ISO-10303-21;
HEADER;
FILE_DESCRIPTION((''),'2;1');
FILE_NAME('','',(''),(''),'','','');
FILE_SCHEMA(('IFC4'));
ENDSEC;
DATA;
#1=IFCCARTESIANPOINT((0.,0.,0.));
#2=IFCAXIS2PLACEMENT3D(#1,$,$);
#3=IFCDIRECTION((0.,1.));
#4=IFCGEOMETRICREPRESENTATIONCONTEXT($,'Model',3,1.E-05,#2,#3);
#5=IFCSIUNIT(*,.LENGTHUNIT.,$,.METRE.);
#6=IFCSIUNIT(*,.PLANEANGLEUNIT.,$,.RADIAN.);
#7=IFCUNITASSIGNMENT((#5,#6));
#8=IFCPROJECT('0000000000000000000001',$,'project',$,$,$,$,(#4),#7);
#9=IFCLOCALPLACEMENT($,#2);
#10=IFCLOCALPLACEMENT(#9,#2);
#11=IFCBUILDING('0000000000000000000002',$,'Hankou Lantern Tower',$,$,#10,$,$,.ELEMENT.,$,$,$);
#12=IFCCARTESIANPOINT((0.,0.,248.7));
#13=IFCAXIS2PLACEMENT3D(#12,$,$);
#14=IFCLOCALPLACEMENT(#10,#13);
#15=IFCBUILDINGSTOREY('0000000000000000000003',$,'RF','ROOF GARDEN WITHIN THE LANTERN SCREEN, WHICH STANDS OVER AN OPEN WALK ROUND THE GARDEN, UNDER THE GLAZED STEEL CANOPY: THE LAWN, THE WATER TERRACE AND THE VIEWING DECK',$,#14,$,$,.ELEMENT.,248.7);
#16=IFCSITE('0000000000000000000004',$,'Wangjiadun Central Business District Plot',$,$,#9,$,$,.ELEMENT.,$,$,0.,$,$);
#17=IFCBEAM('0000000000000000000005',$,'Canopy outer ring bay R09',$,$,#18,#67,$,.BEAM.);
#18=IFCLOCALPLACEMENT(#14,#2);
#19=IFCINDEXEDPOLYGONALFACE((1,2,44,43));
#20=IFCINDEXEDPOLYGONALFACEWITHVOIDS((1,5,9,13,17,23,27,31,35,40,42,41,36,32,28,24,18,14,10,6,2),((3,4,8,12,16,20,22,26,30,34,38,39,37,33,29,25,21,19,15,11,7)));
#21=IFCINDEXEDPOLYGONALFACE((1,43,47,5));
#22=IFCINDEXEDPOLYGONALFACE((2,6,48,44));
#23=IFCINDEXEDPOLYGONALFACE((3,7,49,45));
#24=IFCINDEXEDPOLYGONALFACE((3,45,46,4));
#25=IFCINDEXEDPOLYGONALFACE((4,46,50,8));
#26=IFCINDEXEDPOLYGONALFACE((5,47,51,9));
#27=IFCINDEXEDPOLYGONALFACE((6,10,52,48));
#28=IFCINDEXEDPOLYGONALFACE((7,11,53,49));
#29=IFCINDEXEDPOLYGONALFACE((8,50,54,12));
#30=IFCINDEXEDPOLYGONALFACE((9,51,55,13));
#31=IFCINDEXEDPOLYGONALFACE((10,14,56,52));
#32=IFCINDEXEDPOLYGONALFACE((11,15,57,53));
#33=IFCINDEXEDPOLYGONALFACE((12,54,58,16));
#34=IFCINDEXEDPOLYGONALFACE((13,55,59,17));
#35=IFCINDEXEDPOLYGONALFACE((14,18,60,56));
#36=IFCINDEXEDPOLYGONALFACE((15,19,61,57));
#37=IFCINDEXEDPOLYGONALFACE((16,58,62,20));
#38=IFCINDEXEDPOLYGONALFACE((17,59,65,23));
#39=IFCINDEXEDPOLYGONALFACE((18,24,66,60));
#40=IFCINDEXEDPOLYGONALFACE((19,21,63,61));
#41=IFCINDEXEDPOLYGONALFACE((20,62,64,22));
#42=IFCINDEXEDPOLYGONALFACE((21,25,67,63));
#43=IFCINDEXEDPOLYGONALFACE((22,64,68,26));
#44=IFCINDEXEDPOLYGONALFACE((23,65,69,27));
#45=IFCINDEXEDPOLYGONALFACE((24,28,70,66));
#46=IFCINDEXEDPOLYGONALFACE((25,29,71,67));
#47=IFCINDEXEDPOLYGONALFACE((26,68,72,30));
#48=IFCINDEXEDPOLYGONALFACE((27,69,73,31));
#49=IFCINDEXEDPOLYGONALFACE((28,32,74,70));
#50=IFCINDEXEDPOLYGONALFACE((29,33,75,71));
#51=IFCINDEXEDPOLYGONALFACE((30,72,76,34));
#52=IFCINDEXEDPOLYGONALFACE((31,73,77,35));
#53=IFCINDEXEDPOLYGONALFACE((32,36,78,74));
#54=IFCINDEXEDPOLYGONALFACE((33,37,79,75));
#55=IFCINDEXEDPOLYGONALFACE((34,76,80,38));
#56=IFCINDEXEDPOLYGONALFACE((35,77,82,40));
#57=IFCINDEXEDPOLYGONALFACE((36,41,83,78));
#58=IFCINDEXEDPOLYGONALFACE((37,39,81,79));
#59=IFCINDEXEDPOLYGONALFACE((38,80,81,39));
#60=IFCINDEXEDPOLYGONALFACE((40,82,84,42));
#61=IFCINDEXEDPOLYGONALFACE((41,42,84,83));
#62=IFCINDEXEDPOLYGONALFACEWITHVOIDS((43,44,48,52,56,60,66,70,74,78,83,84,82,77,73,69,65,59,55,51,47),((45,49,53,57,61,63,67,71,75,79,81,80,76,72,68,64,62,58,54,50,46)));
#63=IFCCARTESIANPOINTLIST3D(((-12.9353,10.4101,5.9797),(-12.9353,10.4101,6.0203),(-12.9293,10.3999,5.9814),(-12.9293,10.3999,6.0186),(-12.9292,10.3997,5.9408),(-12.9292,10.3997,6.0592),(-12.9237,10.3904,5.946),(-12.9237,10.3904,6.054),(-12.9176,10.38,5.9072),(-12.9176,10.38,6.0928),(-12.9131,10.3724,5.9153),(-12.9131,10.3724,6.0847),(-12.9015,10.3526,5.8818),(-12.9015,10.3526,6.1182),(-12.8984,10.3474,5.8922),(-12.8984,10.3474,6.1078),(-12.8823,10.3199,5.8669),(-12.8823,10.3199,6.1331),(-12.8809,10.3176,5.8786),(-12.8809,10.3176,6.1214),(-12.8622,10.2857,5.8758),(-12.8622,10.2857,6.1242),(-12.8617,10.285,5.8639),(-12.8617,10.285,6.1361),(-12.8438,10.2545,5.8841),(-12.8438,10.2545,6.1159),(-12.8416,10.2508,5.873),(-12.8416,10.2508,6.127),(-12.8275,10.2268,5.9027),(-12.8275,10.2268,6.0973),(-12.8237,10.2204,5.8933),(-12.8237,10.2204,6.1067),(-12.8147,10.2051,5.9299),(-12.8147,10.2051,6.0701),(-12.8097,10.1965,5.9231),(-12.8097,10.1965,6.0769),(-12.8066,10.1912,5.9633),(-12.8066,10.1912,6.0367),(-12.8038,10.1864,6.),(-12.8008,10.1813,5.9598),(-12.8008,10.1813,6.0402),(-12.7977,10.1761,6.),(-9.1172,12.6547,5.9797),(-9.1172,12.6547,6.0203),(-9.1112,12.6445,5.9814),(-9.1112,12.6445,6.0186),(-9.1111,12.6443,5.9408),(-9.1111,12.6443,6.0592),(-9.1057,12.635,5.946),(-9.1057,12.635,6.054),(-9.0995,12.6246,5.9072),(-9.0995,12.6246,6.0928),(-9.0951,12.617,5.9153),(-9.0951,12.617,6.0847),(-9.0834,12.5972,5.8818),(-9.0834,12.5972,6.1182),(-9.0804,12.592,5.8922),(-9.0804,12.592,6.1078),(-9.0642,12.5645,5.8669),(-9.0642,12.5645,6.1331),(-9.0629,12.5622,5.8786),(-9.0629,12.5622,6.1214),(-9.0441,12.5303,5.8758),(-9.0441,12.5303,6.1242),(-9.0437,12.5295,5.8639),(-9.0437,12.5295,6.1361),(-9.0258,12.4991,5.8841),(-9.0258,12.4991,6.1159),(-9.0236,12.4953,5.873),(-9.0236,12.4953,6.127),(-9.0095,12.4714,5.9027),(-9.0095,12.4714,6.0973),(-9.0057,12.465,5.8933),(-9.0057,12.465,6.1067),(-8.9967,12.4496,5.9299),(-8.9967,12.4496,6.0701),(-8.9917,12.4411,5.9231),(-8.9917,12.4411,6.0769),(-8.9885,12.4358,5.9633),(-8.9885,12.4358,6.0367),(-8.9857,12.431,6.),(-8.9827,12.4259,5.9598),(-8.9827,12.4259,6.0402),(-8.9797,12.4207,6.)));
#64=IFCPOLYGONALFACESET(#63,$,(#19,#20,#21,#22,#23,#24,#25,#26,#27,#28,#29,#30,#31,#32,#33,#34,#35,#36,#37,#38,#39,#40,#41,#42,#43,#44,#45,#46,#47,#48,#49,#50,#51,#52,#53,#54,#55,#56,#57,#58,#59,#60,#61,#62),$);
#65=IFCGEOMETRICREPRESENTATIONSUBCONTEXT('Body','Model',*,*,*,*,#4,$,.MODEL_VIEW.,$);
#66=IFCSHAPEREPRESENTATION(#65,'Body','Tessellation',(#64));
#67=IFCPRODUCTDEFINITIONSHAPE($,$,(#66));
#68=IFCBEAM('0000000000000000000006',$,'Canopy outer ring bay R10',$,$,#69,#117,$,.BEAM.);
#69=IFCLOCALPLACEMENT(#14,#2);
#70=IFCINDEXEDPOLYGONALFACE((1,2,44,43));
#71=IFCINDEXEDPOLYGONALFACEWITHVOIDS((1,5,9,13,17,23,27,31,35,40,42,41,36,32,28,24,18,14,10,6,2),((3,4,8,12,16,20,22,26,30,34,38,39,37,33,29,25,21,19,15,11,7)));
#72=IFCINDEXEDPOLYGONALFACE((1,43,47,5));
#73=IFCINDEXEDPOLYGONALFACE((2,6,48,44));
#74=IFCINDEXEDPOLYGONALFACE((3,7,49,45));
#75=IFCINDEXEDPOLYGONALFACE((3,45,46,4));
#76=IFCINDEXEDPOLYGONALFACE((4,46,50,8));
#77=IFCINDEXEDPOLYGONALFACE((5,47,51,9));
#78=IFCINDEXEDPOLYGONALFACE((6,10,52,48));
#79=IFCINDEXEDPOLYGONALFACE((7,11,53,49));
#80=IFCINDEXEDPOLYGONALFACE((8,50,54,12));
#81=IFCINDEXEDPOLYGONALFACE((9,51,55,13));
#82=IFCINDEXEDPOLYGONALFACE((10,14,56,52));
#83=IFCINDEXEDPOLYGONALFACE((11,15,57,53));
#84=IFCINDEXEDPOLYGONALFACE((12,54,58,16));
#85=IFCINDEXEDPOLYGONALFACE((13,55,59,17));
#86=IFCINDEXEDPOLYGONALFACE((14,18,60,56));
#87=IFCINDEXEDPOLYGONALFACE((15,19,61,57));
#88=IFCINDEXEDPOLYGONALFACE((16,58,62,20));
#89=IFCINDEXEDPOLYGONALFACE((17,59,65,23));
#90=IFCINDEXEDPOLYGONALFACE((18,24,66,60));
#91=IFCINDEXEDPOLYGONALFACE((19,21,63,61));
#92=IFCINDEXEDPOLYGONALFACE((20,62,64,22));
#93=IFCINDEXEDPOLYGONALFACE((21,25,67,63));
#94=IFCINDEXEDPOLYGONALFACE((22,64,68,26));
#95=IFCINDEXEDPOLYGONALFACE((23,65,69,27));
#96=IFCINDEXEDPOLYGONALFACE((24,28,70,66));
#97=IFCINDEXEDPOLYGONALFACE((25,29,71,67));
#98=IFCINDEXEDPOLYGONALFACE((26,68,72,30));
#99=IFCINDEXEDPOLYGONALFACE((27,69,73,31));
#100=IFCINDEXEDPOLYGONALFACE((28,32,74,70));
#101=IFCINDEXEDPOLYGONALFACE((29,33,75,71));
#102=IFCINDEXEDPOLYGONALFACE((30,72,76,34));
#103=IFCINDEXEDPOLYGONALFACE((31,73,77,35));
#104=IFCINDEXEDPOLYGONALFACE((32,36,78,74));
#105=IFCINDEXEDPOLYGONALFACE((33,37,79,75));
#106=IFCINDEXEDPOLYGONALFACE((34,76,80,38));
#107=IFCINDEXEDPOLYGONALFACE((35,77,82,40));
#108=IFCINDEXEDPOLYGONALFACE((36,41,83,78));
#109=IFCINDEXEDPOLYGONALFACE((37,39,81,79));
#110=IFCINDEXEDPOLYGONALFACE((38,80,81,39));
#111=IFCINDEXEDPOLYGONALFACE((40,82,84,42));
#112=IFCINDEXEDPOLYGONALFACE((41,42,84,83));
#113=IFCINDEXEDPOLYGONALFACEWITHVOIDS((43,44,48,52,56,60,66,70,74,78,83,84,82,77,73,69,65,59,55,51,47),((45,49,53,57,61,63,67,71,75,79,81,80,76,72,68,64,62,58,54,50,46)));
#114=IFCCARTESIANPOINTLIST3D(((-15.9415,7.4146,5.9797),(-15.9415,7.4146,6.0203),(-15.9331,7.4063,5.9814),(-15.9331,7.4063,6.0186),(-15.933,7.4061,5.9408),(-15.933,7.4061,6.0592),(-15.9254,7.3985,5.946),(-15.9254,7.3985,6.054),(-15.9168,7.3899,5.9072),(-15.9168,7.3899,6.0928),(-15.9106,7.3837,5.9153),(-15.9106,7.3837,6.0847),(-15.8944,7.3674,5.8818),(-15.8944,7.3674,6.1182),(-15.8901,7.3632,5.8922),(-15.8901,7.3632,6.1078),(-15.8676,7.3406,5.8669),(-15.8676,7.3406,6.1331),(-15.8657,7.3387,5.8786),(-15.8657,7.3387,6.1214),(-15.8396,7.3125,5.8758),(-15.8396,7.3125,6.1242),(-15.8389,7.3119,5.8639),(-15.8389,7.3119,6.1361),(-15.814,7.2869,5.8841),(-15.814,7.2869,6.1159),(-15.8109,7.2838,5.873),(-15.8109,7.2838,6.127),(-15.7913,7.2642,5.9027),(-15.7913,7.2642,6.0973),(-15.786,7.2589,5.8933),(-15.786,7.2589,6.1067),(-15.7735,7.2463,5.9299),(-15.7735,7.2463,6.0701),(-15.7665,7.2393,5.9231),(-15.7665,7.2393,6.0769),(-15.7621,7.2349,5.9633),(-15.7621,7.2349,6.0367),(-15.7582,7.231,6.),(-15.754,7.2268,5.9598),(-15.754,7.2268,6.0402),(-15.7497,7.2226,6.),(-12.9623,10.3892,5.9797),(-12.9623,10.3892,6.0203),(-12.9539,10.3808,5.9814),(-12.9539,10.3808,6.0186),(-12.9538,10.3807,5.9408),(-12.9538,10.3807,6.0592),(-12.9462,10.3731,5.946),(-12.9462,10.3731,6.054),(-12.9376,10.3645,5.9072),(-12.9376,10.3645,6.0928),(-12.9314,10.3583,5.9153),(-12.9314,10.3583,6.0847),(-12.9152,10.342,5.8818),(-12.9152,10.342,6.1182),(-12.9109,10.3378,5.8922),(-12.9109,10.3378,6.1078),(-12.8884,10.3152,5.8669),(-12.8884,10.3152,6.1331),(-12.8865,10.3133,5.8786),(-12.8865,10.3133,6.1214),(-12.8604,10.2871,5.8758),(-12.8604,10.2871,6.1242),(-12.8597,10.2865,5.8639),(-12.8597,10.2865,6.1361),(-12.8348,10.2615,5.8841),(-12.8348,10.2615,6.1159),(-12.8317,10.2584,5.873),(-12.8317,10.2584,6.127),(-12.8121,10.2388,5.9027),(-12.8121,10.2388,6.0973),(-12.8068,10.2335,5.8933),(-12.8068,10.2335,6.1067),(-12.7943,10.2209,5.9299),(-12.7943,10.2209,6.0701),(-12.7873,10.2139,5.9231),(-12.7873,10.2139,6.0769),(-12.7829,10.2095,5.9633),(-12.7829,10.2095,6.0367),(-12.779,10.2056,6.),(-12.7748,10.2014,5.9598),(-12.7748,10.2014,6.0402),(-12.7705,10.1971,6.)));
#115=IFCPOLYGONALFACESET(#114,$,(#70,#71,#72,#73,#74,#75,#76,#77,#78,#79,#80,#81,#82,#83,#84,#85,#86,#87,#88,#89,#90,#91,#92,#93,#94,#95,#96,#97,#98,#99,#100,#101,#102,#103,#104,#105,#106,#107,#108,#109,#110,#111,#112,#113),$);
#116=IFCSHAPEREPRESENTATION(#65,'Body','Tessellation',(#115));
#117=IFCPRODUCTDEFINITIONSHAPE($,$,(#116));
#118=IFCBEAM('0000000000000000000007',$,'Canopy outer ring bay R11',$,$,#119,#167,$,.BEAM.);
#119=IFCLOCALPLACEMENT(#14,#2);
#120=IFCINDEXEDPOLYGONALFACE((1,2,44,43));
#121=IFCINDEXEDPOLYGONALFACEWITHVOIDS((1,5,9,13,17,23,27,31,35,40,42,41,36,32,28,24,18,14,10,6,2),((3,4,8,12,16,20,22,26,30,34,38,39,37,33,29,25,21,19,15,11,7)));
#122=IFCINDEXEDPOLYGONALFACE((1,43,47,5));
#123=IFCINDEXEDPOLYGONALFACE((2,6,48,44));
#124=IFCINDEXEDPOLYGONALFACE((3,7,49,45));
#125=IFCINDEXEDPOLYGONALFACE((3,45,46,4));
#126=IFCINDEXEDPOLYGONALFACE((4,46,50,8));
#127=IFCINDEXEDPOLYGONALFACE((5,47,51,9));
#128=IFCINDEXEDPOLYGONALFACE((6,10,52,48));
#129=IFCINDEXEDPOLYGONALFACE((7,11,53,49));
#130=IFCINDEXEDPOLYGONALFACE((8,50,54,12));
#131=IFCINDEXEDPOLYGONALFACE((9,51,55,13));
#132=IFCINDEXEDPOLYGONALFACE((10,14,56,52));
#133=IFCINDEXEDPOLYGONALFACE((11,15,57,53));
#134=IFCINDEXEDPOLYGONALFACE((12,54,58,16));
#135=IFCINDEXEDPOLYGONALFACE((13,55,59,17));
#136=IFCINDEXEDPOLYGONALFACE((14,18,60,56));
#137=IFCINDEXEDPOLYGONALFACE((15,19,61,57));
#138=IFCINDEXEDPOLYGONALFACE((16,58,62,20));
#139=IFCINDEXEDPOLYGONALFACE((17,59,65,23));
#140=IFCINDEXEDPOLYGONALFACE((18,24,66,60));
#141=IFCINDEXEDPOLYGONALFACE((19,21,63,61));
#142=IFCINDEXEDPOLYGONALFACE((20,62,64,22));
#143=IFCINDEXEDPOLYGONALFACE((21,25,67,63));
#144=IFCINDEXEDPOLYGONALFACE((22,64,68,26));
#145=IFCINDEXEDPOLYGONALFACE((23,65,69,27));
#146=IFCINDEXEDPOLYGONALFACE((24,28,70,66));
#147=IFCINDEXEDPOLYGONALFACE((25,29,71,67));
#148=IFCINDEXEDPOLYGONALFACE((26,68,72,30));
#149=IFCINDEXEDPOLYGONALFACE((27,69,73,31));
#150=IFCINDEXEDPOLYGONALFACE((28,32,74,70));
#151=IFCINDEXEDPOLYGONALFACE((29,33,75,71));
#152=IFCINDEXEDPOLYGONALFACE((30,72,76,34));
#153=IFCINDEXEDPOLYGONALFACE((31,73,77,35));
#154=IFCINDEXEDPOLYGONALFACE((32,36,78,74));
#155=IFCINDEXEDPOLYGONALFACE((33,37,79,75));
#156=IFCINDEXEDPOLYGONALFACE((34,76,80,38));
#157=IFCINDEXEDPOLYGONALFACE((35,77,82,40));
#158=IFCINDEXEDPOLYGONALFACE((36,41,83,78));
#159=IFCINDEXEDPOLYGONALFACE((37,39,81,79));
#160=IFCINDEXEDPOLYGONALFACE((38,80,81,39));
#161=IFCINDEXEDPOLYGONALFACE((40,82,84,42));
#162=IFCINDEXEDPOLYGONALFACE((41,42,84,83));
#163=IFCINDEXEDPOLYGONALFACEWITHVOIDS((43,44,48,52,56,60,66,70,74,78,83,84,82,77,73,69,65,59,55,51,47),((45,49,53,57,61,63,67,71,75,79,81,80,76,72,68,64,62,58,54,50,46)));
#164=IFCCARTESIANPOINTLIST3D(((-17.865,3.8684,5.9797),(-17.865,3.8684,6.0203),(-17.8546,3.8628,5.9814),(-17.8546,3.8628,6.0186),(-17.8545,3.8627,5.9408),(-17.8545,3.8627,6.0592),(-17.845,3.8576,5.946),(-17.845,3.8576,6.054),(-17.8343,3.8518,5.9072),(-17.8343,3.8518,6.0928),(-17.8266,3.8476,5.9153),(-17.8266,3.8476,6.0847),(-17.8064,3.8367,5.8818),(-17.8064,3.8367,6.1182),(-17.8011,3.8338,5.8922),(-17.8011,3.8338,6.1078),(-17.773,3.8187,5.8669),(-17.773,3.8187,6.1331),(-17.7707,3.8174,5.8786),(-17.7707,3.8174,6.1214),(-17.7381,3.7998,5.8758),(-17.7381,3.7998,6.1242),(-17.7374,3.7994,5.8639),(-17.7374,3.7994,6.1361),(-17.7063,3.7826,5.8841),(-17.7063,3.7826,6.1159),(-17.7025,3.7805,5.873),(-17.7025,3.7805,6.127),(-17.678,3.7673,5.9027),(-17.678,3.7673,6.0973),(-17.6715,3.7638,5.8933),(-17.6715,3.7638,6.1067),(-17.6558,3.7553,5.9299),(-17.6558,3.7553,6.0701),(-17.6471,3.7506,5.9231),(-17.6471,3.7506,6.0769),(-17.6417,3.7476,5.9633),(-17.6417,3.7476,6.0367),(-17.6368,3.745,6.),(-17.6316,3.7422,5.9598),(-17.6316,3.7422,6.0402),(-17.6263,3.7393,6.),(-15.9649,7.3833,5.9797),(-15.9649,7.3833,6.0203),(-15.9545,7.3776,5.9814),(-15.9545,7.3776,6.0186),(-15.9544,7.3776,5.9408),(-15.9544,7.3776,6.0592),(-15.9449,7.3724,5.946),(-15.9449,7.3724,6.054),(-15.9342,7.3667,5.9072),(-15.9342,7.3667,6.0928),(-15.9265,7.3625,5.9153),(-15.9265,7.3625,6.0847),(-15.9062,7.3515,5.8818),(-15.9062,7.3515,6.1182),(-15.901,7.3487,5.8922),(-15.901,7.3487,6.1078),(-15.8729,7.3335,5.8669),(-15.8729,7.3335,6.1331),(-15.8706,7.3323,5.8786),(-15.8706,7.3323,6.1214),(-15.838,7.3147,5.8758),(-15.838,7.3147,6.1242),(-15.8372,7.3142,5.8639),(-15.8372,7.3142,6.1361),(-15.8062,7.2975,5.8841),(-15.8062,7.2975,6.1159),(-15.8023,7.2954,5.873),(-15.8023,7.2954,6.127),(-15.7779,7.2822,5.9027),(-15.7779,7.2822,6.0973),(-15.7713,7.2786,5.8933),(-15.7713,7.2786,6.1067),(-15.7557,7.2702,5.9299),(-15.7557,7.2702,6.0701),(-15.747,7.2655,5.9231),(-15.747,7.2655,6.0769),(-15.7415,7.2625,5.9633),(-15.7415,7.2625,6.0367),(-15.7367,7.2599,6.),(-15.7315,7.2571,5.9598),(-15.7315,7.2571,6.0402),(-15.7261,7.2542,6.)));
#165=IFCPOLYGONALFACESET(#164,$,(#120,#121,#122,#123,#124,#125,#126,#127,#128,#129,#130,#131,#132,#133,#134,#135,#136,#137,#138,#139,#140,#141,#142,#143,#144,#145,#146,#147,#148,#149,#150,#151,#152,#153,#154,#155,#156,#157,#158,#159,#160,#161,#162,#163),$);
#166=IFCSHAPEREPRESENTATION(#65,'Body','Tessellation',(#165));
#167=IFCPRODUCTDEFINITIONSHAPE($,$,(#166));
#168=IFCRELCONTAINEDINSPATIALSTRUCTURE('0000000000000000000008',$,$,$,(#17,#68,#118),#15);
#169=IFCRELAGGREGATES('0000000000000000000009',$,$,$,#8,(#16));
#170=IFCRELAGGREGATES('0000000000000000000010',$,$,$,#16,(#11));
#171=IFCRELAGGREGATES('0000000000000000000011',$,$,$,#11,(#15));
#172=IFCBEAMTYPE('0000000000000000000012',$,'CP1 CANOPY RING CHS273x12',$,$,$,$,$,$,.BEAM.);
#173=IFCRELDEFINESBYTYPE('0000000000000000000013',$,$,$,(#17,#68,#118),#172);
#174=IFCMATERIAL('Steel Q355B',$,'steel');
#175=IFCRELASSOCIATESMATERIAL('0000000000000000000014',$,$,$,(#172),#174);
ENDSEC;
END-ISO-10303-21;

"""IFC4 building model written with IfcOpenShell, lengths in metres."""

from ifc_helpers import new_model, si_unit, direction, frame, origin, origin_2d, place, context, subcontext, project, spatial, hollow_circle, extrude, material, material_profile, profile_set, type_object, element, save


model = new_model("IFC4")

# Units and contexts
model_context = context("Model", 3, precision=1e-05, world=origin(), true_north=direction((0.0, 1.0)))
body_context = subcontext(model_context, "Body", "Model", "MODEL_VIEW")
ifc_project = project(units=[si_unit("LENGTHUNIT", "METRE"), si_unit("PLANEANGLEUNIT", "RADIAN")], contexts=[model_context])

# Site, building, storey
site_placement = place(None, origin())
site = spatial("IfcSite", under=ifc_project, at=site_placement, Name="Wangjiadun Central Business District Plot", CompositionType="ELEMENT", RefElevation=0.0)
building_placement = place(site_placement, origin())
building = spatial("IfcBuilding", under=site, at=building_placement, Name="Hankou Lantern Tower", CompositionType="ELEMENT")
storey_placement = place(building_placement, frame((0.0, 0.0, 248.7)))
storey = spatial("IfcBuildingStorey", under=building, at=storey_placement, Name="RF", Description="ROOF GARDEN WITHIN THE LANTERN SCREEN, WHICH STANDS OVER AN OPEN WALK ROUND THE GARDEN, UNDER THE GLAZED STEEL CANOPY: THE LAWN, THE WATER TERRACE AND THE VIEWING DECK", CompositionType="ELEMENT", Elevation=248.7)

# Beams
ifc_material_1 = material(Name="Steel Q355B", Category="steel")
ifc_material_profile_1 = material_profile(ifc_material_1, hollow_circle(Radius=0.1365, WallThickness=0.012, at=origin_2d()), Name="CHS273x12")
ifc_profile_set_1 = profile_set([ifc_material_profile_1], Name="Steel Q355B")
beam_type_1 = type_object("IfcBeamType", Name="CP1 CANOPY RING CHS273x12", PredefinedType="BEAM", material=ifc_profile_set_1)
beam_1_placement = place(storey_placement, frame((-9.0488, 12.5383, 6.0), z_axis=(-0.862065, -0.506798, 0.0), x_axis=(0.506798, -0.862065, 0.0)))
element("IfcBeam", 1, at=beam_1_placement, inside=storey, type_object=beam_type_1, Name="Canopy outer ring bay R09", PredefinedType="BEAM", context=body_context, shape_type="SweptSolid", body=[
    extrude(hollow_circle(Radius=0.1365, WallThickness=0.012, at=origin_2d()), origin(), (0.0, 0.0, 1.0), 4.429),
])
beam_2_placement = place(storey_placement, frame((-12.8669, 10.2937, 6.0), z_axis=(-0.707657, -0.706556, 0.0), x_axis=(0.706556, -0.707657, 0.0)))
element("IfcBeam", 2, at=beam_2_placement, inside=storey, type_object=beam_type_1, Name="Canopy outer ring bay R10", PredefinedType="BEAM", context=body_context, shape_type="SweptSolid", body=[
    extrude(hollow_circle(Radius=0.1365, WallThickness=0.012, at=origin_2d()), origin(), (0.0, 0.0, 1.0), 4.21),
])
beam_3_placement = place(storey_placement, frame((-15.8462, 7.3191, 6.0), z_axis=(-0.475557, -0.879685, 0.0), x_axis=(0.879685, -0.475557, 0.0)))
element("IfcBeam", 3, at=beam_3_placement, inside=storey, type_object=beam_type_1, Name="Canopy outer ring bay R11", PredefinedType="BEAM", context=body_context, shape_type="SweptSolid", body=[
    extrude(hollow_circle(Radius=0.1365, WallThickness=0.012, at=origin_2d()), origin(), (0.0, 0.0, 1.0), 3.9956),
])

save(model, "model.ifc")
